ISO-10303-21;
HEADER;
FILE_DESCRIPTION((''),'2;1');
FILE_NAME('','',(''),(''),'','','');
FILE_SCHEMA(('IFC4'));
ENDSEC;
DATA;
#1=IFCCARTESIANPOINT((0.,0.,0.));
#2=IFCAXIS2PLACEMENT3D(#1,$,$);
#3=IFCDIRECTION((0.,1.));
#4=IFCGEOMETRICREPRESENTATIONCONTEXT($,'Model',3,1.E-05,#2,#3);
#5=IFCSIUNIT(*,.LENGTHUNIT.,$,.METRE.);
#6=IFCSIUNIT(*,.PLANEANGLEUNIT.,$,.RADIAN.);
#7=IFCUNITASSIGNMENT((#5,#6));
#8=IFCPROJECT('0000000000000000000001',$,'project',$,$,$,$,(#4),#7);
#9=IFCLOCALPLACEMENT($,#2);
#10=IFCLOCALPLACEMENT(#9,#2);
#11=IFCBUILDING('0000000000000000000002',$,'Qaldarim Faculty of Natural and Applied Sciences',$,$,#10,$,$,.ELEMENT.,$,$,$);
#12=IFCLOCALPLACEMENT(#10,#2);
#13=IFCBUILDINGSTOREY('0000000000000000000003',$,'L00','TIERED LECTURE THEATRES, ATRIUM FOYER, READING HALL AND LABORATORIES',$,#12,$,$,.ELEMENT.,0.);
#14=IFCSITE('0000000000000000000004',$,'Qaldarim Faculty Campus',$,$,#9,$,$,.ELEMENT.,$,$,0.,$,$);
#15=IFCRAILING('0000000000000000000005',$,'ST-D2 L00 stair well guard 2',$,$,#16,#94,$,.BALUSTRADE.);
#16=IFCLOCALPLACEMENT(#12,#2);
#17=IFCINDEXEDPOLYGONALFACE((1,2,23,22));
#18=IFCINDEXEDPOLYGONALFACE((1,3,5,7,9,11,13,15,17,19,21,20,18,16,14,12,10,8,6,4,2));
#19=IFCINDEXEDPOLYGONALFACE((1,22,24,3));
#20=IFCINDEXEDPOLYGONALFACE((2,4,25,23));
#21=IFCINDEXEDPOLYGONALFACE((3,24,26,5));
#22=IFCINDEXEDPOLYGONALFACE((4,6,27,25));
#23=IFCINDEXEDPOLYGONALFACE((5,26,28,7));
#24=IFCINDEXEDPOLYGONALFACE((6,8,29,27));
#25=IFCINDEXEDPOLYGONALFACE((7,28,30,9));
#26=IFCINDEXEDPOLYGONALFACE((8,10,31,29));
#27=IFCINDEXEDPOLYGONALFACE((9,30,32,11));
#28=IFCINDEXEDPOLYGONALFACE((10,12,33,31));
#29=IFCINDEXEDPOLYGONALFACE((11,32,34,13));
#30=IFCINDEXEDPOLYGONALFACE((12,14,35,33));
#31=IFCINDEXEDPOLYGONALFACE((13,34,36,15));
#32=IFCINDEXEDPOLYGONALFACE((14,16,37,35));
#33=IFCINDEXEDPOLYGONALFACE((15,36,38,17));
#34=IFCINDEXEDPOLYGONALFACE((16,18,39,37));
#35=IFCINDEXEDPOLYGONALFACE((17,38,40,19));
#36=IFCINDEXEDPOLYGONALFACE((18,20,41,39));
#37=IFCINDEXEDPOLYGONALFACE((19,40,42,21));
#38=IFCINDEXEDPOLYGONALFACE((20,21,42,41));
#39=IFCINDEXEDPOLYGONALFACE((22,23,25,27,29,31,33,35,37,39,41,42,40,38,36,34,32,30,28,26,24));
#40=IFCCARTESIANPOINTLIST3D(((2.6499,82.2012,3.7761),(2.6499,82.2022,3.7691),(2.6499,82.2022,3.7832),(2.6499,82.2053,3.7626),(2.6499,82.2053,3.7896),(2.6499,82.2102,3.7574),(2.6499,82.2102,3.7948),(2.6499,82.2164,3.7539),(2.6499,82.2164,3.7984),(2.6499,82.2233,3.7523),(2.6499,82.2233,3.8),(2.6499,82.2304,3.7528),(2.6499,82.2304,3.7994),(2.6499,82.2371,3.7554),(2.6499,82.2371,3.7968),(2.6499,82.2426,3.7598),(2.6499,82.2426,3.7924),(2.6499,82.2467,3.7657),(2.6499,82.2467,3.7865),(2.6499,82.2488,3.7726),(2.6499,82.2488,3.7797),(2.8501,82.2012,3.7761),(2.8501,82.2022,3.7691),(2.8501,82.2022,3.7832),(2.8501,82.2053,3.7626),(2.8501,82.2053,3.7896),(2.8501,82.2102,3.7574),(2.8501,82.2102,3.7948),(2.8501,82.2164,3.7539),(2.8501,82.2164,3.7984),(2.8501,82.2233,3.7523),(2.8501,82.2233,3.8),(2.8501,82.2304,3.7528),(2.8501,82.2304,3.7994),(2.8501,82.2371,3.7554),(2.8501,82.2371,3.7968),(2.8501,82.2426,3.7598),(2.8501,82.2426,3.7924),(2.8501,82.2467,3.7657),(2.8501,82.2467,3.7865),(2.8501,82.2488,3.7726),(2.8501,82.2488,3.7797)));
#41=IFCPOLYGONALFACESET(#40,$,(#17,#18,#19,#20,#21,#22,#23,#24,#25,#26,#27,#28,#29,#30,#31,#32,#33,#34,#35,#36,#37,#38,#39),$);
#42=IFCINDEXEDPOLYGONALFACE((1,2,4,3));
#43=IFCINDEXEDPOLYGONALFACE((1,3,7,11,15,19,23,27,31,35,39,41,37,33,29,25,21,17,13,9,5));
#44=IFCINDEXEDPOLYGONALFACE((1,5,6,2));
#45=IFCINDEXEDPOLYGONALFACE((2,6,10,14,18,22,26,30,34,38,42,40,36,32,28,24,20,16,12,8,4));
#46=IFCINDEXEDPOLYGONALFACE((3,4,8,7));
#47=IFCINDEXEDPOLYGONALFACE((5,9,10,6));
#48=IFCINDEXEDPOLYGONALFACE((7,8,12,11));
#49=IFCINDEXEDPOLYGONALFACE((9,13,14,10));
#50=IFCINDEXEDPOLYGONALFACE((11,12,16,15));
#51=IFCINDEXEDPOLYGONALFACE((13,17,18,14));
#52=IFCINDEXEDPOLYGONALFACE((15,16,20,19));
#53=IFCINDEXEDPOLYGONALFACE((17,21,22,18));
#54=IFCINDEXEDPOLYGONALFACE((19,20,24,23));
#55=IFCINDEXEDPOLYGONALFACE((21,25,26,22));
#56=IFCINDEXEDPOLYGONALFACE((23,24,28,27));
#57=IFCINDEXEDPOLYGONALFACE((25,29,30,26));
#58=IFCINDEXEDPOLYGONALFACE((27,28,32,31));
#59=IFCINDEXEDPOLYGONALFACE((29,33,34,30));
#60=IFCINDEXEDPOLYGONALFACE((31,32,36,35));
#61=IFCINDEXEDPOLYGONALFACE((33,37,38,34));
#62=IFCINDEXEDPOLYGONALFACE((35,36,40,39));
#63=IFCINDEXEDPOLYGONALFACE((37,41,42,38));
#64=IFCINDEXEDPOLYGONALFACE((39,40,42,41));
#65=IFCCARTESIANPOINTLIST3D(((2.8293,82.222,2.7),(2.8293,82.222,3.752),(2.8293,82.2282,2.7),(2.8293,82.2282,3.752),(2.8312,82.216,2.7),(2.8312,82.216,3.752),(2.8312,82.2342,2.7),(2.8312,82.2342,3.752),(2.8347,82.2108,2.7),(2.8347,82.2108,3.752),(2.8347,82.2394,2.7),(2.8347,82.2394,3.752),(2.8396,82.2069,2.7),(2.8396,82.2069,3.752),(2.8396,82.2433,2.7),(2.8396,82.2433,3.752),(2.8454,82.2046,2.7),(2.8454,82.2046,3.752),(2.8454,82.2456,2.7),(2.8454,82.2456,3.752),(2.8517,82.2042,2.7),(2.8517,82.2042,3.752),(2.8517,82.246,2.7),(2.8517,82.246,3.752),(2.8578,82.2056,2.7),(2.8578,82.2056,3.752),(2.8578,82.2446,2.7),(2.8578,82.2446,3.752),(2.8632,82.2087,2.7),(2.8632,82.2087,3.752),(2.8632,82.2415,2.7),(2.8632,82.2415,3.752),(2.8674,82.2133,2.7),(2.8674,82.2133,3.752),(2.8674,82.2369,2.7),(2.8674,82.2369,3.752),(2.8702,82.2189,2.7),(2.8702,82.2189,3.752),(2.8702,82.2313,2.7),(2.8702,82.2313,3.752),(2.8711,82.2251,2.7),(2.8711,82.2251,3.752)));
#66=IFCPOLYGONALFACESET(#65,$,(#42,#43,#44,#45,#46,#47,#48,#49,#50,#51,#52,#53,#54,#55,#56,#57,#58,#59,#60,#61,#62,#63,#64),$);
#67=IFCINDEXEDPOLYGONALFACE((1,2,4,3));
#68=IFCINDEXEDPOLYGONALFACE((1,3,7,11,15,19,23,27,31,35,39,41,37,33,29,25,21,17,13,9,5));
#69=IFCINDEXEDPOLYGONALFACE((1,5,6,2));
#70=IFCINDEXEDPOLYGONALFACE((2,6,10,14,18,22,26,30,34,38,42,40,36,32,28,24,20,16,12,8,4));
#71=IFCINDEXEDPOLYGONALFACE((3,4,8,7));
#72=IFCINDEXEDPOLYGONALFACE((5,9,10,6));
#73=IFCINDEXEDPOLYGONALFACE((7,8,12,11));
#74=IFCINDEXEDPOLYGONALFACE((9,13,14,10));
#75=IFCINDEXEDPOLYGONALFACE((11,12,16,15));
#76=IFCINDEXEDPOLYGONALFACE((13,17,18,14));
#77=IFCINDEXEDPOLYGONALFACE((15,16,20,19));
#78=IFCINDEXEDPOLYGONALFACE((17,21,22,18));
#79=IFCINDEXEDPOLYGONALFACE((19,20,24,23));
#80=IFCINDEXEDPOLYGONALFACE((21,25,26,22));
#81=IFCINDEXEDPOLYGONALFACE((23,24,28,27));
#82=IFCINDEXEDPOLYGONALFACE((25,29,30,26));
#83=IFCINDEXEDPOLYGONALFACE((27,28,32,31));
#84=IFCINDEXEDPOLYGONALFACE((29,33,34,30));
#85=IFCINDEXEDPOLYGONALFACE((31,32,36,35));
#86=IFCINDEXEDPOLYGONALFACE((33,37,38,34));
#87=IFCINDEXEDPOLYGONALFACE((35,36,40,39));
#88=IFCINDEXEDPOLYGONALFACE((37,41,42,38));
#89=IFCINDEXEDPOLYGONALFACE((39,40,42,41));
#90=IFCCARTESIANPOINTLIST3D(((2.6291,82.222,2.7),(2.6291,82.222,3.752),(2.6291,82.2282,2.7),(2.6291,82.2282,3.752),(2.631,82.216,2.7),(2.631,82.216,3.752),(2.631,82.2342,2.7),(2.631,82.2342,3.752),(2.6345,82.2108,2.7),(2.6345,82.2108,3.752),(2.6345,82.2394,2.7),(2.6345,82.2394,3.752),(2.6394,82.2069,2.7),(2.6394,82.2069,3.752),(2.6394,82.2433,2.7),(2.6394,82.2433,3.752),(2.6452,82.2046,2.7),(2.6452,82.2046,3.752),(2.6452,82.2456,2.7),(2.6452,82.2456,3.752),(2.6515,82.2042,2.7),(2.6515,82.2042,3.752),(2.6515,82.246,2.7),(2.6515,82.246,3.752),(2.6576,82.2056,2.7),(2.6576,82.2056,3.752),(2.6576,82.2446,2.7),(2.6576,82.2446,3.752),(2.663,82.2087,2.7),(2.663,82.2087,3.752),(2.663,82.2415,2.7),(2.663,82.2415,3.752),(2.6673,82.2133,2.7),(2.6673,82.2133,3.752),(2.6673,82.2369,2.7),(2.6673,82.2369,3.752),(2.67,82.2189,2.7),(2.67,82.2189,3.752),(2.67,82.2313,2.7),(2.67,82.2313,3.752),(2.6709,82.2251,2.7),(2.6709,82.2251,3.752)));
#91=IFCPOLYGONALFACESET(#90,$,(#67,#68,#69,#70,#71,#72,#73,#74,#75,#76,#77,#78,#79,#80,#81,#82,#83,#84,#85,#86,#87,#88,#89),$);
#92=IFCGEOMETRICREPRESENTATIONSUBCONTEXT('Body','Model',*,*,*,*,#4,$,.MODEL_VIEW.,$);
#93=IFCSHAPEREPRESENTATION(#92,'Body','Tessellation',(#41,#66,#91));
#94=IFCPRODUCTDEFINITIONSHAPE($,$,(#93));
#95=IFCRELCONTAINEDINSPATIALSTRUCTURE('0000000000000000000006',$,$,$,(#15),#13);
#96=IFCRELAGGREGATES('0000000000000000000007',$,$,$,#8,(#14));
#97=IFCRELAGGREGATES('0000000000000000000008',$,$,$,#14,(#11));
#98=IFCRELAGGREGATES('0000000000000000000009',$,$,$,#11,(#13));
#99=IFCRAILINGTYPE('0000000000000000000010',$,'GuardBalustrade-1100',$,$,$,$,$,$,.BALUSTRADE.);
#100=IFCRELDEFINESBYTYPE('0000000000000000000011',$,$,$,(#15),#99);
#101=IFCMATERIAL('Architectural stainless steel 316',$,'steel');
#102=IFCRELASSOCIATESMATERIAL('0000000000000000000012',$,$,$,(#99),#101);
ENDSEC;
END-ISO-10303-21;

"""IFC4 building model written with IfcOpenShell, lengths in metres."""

from ifc_helpers import new_model, si_unit, direction, frame, origin, origin_2d, place, context, subcontext, project, spatial, circle, extrude, material, type_object, element, save


model = new_model("IFC4")

# Units and contexts
model_context = context("Model", 3, precision=1e-05, world=origin(), true_north=direction((0.0, 1.0)))
body_context = subcontext(model_context, "Body", "Model", "MODEL_VIEW")
ifc_project = project(units=[si_unit("LENGTHUNIT", "METRE"), si_unit("PLANEANGLEUNIT", "RADIAN")], contexts=[model_context])

# Site, building, storey
site_placement = place(None, origin())
site = spatial("IfcSite", under=ifc_project, at=site_placement, Name="Qaldarim Faculty Campus", CompositionType="ELEMENT", RefElevation=0.0)
building_placement = place(site_placement, origin())
building = spatial("IfcBuilding", under=site, at=building_placement, Name="Qaldarim Faculty of Natural and Applied Sciences", CompositionType="ELEMENT")
storey_placement = place(building_placement, origin())
storey = spatial("IfcBuildingStorey", under=building, at=storey_placement, Name="L00", Description="TIERED LECTURE THEATRES, ATRIUM FOYER, READING HALL AND LABORATORIES", CompositionType="ELEMENT", Elevation=0.0)

# Railing
ifc_material_1 = material(Name="Architectural stainless steel 316", Category="steel")
railing_type_1 = type_object("IfcRailingType", Name="GuardBalustrade-1100", PredefinedType="BALUSTRADE", material=ifc_material_1)
railing_1_placement = place(storey_placement, frame((2.8501, 82.2251, 2.7)))
element("IfcRailing", 1, at=railing_1_placement, inside=storey, type_object=railing_type_1, Name="ST-D2 L00 stair well guard 2", PredefinedType="BALUSTRADE", context=body_context, shape_type="SweptSolid", body=[
    extrude(circle(Radius=0.0239, at=origin_2d()), frame((0.0, 0.0, 1.0762), z_axis=(-1.0, 0.0, 0.0), x_axis=(0.0, -1.0, 0.0)), (0.0, 0.0, 1.0), 0.2002),
    extrude(circle(Radius=0.021, at=origin_2d()), origin(), (0.0, 0.0, 1.0), 1.052),
    extrude(circle(Radius=0.021, at=origin_2d()), frame((-0.2002, 0.0, 0.0)), (0.0, 0.0, 1.0), 1.052),
])

save(model, "model.ifc")
